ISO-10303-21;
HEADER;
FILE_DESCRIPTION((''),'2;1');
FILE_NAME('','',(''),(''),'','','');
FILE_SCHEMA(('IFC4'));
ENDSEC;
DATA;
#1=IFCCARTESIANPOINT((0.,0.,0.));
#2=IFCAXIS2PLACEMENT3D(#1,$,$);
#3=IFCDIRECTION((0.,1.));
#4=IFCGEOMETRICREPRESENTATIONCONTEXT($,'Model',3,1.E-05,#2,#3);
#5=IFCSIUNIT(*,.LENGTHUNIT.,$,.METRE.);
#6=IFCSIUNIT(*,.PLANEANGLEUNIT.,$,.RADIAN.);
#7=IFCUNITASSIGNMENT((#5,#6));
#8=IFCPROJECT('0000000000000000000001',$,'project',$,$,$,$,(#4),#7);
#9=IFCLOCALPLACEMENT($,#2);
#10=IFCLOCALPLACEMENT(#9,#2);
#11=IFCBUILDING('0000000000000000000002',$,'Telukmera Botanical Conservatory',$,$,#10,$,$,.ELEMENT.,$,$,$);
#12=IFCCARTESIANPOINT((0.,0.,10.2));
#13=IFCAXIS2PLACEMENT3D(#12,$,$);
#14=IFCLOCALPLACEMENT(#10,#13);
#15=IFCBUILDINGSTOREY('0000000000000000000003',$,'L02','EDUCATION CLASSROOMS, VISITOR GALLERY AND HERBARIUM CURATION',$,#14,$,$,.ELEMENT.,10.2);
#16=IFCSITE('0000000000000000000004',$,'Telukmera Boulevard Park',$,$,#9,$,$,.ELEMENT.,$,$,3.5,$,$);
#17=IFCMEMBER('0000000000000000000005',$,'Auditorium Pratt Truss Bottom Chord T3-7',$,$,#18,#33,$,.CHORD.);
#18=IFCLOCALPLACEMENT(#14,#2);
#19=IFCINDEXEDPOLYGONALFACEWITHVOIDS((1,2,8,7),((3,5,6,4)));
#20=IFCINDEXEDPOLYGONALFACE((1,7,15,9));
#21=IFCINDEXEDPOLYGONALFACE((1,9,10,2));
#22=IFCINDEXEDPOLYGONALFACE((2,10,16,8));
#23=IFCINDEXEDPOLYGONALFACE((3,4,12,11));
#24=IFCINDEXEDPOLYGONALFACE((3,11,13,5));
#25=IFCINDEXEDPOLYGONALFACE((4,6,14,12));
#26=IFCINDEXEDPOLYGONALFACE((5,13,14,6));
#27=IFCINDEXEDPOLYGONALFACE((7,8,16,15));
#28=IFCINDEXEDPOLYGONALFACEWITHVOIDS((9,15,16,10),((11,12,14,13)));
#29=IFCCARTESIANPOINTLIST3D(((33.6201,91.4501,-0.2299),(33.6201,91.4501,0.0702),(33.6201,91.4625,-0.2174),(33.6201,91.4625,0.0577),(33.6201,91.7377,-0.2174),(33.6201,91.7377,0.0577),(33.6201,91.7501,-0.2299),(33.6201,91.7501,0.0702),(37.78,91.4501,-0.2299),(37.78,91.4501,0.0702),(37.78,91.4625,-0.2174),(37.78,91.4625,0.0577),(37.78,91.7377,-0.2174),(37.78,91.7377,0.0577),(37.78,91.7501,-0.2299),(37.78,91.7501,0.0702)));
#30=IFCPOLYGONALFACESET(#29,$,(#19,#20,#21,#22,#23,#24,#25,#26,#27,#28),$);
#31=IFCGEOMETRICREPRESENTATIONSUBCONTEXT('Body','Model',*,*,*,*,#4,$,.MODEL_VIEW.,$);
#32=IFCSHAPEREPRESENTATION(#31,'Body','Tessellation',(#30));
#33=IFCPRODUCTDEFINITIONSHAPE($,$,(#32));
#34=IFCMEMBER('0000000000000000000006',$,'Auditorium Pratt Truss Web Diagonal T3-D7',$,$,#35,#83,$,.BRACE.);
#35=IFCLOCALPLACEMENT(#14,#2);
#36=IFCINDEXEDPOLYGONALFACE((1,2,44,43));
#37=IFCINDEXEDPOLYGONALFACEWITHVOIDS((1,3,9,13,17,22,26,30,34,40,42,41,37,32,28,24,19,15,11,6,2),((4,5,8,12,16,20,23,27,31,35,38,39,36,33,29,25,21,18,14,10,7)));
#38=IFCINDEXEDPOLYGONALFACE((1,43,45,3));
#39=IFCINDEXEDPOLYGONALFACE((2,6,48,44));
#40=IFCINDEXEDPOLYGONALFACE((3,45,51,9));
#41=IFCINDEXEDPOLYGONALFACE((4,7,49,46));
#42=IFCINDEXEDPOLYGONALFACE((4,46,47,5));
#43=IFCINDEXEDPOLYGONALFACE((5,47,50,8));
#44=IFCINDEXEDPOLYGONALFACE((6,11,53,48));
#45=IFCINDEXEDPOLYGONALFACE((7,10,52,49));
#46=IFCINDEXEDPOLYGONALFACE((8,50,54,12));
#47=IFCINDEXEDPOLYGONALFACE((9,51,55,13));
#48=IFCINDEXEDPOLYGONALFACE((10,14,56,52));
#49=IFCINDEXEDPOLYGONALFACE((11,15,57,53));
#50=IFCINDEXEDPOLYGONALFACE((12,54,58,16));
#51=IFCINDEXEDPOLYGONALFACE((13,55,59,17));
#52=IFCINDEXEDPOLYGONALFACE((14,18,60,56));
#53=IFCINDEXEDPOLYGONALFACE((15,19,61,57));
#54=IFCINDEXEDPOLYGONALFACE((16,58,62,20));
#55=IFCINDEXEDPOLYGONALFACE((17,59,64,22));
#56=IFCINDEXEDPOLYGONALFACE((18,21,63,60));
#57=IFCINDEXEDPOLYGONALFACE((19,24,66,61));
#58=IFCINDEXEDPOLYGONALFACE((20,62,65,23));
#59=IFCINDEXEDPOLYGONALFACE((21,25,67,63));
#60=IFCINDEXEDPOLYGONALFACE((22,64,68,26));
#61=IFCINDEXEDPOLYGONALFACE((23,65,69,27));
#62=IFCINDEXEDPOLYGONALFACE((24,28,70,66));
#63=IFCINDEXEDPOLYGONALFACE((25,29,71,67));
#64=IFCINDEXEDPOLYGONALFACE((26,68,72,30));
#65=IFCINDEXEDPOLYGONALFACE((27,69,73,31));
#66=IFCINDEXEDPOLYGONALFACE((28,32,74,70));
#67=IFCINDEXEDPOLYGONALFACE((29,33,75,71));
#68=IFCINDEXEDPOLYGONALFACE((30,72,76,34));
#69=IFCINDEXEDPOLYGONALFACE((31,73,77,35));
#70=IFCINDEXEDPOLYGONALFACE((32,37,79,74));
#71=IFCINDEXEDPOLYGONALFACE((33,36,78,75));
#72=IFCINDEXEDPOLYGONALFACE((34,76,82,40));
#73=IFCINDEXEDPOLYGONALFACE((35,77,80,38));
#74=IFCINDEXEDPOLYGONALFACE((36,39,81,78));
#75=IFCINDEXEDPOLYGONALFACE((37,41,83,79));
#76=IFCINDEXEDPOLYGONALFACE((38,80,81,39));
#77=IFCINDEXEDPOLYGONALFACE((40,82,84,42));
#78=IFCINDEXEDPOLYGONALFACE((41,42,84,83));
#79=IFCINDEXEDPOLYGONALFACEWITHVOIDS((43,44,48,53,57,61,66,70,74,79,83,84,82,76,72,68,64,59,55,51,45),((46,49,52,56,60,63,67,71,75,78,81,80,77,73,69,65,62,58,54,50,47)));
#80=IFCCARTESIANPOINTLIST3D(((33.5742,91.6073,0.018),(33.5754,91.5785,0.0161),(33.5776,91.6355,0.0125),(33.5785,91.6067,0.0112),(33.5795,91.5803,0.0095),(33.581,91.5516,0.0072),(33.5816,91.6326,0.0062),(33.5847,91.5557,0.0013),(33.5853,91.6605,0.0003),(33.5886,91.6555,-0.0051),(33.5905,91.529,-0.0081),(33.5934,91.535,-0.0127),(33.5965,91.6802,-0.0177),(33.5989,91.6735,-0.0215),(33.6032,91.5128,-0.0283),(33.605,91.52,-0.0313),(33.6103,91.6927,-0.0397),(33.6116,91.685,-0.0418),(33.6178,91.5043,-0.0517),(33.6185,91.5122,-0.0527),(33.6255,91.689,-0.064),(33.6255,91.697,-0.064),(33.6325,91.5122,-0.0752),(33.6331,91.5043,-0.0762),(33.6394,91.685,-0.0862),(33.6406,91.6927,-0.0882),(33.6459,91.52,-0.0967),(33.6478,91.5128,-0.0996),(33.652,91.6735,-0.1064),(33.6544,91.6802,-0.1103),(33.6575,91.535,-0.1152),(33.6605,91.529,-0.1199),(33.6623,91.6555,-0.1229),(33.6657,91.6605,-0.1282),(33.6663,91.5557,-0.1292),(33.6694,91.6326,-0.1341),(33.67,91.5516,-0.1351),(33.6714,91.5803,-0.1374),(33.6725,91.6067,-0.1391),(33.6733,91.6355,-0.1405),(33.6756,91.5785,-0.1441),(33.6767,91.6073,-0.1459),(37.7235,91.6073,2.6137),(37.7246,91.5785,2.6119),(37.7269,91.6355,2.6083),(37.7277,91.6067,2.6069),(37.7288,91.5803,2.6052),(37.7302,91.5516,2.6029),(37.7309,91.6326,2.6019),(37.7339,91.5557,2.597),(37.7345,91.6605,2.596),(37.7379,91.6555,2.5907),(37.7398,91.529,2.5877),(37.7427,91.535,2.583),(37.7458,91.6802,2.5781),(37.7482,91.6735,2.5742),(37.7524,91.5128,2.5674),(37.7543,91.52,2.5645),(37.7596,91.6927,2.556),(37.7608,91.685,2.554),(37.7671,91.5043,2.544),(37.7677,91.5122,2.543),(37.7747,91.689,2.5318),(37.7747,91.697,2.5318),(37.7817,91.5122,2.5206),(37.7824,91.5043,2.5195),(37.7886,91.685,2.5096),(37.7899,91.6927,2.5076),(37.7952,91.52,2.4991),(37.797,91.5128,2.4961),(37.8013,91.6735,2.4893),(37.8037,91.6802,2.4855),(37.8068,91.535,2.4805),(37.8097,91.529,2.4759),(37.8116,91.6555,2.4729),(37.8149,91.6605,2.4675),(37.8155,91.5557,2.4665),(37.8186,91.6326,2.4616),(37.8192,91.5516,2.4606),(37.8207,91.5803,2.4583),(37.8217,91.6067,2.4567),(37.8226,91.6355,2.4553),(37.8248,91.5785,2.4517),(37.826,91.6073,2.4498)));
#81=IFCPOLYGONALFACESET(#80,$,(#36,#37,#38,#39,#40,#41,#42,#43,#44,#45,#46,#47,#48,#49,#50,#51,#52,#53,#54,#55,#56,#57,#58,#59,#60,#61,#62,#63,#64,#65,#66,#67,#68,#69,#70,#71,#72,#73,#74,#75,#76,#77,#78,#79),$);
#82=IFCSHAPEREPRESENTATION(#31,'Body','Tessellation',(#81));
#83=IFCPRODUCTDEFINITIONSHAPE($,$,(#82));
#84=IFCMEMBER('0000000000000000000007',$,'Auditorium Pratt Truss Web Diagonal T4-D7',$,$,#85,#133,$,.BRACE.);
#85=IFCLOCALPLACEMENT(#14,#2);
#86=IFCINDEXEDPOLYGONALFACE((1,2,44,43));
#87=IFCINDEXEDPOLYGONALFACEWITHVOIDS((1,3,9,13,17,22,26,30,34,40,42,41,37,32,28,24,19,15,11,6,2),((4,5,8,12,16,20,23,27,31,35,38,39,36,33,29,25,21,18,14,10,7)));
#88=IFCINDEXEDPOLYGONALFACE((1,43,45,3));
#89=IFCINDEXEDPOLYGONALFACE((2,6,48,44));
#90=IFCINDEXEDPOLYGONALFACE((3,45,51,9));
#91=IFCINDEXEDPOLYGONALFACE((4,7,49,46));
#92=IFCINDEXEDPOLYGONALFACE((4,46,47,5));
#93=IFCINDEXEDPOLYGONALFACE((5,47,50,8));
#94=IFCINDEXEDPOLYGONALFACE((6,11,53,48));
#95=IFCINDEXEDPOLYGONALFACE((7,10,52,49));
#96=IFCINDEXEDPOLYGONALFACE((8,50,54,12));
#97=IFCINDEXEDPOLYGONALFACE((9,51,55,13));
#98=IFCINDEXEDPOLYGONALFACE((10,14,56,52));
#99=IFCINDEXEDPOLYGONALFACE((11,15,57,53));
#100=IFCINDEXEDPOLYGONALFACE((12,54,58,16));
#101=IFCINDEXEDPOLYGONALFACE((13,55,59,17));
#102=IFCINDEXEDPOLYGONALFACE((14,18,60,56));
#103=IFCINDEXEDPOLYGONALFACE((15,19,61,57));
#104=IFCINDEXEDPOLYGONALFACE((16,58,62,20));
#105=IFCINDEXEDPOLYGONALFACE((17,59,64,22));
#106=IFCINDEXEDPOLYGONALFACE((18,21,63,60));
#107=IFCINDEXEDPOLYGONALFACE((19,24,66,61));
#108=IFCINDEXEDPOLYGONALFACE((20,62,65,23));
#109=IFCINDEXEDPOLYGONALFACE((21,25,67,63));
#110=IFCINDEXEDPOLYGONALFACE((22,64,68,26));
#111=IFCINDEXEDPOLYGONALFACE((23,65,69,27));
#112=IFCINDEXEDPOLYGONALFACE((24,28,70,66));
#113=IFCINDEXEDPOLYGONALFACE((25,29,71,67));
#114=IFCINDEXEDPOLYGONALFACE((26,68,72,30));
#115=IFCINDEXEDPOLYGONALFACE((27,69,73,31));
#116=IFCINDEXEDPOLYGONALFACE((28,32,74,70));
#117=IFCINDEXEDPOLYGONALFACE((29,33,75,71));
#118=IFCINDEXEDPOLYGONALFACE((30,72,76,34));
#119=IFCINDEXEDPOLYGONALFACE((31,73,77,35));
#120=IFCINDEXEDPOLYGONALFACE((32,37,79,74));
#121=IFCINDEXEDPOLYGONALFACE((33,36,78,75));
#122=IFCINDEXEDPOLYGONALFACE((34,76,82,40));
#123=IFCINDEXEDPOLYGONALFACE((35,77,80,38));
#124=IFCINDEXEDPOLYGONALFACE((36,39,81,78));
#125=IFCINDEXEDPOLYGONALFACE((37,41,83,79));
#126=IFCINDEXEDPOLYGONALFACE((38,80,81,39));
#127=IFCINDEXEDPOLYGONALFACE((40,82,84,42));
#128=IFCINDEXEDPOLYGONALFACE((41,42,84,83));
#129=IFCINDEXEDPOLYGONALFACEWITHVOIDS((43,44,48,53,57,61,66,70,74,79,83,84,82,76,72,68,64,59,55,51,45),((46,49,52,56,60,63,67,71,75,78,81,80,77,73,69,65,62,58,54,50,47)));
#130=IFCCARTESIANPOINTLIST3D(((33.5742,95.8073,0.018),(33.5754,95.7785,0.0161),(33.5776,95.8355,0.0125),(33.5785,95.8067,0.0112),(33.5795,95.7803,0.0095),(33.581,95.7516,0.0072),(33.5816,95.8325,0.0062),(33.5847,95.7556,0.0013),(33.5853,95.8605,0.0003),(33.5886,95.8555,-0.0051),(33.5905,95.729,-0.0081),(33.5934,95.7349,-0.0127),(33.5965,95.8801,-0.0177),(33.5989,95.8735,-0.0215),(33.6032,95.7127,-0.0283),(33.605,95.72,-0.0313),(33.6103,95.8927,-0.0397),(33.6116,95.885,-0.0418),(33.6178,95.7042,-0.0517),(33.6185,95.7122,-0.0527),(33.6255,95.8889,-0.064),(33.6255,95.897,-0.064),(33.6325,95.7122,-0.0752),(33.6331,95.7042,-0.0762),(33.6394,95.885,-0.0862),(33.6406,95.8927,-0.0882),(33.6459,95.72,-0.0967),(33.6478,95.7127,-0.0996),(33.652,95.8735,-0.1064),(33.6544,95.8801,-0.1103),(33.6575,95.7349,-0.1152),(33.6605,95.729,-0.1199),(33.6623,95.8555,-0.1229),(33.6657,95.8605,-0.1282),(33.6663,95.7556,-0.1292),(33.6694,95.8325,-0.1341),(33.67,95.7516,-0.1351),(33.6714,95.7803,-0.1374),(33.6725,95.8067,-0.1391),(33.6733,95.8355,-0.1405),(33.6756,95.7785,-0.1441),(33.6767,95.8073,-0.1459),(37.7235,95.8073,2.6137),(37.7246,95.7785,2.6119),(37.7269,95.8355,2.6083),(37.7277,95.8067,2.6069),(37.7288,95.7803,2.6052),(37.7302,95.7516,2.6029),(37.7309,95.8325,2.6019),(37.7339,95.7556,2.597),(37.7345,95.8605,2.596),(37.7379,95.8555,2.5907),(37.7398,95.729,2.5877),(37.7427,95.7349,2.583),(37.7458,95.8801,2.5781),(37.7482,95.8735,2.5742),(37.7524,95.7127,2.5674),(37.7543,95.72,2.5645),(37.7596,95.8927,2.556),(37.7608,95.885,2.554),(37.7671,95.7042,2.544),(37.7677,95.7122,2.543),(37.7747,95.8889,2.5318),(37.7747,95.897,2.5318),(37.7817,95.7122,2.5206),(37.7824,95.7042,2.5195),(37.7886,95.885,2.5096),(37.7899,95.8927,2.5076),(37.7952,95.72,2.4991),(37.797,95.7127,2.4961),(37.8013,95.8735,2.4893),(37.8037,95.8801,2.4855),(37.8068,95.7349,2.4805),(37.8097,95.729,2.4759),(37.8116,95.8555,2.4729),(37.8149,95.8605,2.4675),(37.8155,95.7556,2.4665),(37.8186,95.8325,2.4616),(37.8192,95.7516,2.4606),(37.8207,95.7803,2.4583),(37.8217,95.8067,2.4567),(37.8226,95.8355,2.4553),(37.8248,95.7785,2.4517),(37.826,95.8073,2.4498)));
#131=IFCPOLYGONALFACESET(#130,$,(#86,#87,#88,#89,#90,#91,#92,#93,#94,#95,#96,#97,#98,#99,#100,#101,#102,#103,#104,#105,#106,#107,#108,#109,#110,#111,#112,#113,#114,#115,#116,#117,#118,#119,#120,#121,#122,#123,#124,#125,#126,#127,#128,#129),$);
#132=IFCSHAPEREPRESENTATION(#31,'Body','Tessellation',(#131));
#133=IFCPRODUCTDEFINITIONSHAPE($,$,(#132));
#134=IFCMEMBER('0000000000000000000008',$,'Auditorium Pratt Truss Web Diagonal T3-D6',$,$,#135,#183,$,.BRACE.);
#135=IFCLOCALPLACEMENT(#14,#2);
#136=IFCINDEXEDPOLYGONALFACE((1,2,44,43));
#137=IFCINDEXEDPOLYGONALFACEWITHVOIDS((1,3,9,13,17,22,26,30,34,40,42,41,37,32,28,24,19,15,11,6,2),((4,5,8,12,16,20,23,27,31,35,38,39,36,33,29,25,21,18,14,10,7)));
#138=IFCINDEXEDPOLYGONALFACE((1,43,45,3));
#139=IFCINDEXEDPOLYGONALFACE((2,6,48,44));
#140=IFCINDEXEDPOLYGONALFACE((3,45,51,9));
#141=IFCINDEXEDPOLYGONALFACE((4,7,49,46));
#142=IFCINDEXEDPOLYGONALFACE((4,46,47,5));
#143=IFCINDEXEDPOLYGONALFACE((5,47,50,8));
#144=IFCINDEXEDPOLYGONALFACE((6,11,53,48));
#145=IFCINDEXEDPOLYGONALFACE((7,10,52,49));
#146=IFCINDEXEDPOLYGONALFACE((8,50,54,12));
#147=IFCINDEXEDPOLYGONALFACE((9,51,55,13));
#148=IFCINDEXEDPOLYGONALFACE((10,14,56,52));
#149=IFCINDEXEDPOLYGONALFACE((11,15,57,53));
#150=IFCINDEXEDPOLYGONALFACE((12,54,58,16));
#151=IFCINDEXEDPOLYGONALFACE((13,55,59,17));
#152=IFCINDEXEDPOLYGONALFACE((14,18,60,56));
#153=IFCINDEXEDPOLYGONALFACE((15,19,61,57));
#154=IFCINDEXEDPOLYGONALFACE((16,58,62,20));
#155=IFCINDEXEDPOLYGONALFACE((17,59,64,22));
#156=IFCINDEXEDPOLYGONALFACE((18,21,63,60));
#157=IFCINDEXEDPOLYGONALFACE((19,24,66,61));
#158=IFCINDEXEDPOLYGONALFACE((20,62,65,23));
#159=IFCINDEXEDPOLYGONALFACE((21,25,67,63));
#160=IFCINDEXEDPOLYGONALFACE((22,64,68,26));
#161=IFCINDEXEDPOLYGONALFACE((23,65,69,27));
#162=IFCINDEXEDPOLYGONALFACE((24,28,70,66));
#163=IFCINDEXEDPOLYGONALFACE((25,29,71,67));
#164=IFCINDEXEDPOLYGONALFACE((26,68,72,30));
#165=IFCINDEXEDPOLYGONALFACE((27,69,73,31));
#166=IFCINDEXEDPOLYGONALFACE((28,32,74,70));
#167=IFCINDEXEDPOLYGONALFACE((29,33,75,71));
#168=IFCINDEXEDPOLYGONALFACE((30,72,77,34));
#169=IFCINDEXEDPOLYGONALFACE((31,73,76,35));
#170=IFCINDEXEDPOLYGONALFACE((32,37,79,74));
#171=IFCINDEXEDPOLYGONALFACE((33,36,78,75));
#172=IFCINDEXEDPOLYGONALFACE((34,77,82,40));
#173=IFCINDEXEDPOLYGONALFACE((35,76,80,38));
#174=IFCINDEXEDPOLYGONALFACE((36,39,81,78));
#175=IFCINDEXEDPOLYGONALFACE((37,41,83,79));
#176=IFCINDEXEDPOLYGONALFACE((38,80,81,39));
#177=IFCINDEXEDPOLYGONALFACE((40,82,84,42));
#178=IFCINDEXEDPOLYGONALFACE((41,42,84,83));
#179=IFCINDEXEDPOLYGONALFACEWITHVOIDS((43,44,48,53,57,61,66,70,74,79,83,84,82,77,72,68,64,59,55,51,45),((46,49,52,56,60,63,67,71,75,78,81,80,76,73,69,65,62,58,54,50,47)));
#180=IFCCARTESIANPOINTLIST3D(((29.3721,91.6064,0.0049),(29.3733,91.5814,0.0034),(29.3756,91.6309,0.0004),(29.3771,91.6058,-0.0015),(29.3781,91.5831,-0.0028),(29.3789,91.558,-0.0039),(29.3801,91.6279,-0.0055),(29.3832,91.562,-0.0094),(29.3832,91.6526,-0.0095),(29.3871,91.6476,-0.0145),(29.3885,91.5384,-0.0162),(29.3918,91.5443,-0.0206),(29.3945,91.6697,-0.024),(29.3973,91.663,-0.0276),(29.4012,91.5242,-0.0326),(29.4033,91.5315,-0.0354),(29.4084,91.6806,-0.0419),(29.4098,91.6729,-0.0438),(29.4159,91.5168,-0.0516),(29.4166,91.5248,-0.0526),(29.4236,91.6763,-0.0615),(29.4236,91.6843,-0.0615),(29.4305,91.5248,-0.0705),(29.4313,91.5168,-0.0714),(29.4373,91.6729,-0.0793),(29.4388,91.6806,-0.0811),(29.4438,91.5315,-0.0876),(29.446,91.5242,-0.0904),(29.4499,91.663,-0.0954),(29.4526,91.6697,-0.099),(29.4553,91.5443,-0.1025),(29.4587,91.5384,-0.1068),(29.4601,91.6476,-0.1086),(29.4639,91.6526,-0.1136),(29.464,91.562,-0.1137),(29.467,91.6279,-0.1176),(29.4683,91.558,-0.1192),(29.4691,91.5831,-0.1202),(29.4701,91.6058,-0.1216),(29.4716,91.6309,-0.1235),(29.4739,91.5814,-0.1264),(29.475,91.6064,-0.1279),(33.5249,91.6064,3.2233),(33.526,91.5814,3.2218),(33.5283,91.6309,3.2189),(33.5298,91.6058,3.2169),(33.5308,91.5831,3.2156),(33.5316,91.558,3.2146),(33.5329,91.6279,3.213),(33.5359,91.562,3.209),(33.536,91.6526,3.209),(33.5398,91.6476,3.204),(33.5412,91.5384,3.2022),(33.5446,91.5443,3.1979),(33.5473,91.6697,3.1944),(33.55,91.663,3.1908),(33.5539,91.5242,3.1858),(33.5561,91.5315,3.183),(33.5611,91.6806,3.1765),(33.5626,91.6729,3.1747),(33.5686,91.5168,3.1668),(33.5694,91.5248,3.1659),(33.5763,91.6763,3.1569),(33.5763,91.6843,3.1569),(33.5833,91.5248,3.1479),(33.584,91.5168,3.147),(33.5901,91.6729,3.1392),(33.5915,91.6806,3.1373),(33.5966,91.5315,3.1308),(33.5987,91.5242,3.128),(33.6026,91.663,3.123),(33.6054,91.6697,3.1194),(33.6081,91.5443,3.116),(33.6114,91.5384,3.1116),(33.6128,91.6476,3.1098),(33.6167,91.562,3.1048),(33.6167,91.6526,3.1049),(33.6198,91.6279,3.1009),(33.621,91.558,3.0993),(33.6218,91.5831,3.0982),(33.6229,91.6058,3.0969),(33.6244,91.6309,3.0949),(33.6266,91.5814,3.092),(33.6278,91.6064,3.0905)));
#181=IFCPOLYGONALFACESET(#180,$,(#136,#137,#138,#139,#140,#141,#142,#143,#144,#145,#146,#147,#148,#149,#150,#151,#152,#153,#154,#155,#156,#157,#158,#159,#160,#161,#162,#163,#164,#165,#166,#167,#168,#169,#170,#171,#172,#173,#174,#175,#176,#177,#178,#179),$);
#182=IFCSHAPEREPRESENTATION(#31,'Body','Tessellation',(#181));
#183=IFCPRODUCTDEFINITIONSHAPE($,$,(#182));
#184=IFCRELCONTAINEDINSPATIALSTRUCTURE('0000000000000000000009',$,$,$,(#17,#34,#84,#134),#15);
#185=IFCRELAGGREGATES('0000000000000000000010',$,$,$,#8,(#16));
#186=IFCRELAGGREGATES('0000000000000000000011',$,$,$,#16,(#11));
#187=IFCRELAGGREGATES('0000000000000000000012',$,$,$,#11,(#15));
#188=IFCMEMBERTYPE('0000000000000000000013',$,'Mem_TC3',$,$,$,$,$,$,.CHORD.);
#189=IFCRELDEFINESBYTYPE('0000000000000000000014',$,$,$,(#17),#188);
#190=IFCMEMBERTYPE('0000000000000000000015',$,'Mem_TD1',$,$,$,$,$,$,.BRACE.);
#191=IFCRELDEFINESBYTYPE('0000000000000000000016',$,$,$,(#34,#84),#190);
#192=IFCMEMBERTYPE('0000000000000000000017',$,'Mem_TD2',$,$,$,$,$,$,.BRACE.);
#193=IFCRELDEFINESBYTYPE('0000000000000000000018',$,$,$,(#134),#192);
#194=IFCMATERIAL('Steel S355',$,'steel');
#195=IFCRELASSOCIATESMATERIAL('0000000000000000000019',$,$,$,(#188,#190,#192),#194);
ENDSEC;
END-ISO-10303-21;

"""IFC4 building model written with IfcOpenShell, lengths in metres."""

from ifc_helpers import new_model, si_unit, direction, frame, origin, origin_2d, place, context, subcontext, project, spatial, hollow_rectangle, hollow_circle, extrude, material, material_profile, profile_set, type_object, element, save


model = new_model("IFC4")

# Units and contexts
model_context = context("Model", 3, precision=1e-05, world=origin(), true_north=direction((0.0, 1.0)))
body_context = subcontext(model_context, "Body", "Model", "MODEL_VIEW")
ifc_project = project(units=[si_unit("LENGTHUNIT", "METRE"), si_unit("PLANEANGLEUNIT", "RADIAN")], contexts=[model_context])

# Site, building, storey
site_placement = place(None, origin())
site = spatial("IfcSite", under=ifc_project, at=site_placement, Name="Telukmera Boulevard Park", CompositionType="ELEMENT", RefElevation=3.5)
building_placement = place(site_placement, origin())
building = spatial("IfcBuilding", under=site, at=building_placement, Name="Telukmera Botanical Conservatory", CompositionType="ELEMENT")
storey_placement = place(building_placement, frame((0.0, 0.0, 10.2)))
storey = spatial("IfcBuildingStorey", under=building, at=storey_placement, Name="L02", Description="EDUCATION CLASSROOMS, VISITOR GALLERY AND HERBARIUM CURATION", CompositionType="ELEMENT", Elevation=10.2)

# Members
ifc_material = material(Name="Steel S355", Category="steel")
ifc_material_profile_1 = material_profile(ifc_material, hollow_rectangle(XDim=0.3, YDim=0.3, WallThickness=0.0125, at=origin_2d()), Name="SHS 300x300x12.5")
ifc_profile_set_1 = profile_set([ifc_material_profile_1], Name="Steel S355")
member_type_1 = type_object("IfcMemberType", Name="Mem_TC3", PredefinedType="CHORD", material=ifc_profile_set_1)
member_1_placement = place(storey_placement, frame((33.6201, 91.6001, -0.0798), z_axis=(1.0, 0.0, 0.0), x_axis=(0.0, 1.0, 0.0)))
element("IfcMember", 1, at=member_1_placement, inside=storey, type_object=member_type_1, Name="Auditorium Pratt Truss Bottom Chord T3-7", PredefinedType="CHORD", context=body_context, shape_type="SweptSolid", body=[
    extrude(hollow_rectangle(XDim=0.3, YDim=0.3, WallThickness=0.0125, at=origin_2d()), origin(), (0.0, 0.0, 1.0), 4.1599),
])
ifc_material_profile_2 = material_profile(ifc_material, hollow_circle(Radius=0.0969, WallThickness=0.0081, at=origin_2d()), Name="CHS 193.7x8.0")
ifc_profile_set_2 = profile_set([ifc_material_profile_2], Name="Steel S355")
member_type_2 = type_object("IfcMemberType", Name="Mem_TD1", PredefinedType="BRACE", material=ifc_profile_set_2)
for number, where, z_axis, x_axis, name in (
    (2, (33.6255, 91.6001, -0.064), (0.847771, 0.0, 0.530362), (0.0, 1.0, 0.0), "Auditorium Pratt Truss Web Diagonal T3-D7"),
    (3, (33.6255, 95.8, -0.064), (0.847771, 0.0, 0.530362), (0.0, 1.0, 0.0), "Auditorium Pratt Truss Web Diagonal T4-D7"),
):
    element("IfcMember", number, at=place(storey_placement, frame(where, z_axis=z_axis, x_axis=x_axis)), inside=storey, type_object=member_type_2, Name=name, PredefinedType="BRACE", context=body_context, shape_type="SweptSolid", body=[
        extrude(hollow_circle(Radius=0.0969, WallThickness=0.0081, at=origin_2d()), origin(), (0.0, 0.0, 1.0), 4.8943),
    ])
ifc_material_profile_3 = material_profile(ifc_material, hollow_circle(Radius=0.0842, WallThickness=0.0081, at=origin_2d()), Name="CHS 168.3x8.0")
ifc_profile_set_3 = profile_set([ifc_material_profile_3], Name="Steel S355")
member_type_3 = type_object("IfcMemberType", Name="Mem_TD2", PredefinedType="BRACE", material=ifc_profile_set_3)
for number, where, z_axis, x_axis, name in (
    (4, (29.4236, 91.6001, -0.0615), (0.790409, 0.0, 0.612579), (0.0, 1.0, 0.0), "Auditorium Pratt Truss Web Diagonal T3-D6"),
):
    element("IfcMember", number, at=place(storey_placement, frame(where, z_axis=z_axis, x_axis=x_axis)), inside=storey, type_object=member_type_3, Name=name, PredefinedType="BRACE", context=body_context, shape_type="SweptSolid", body=[
        extrude(hollow_circle(Radius=0.0842, WallThickness=0.0081, at=origin_2d()), origin(), (0.0, 0.0, 1.0), 5.2539),
    ])

save(model, "model.ifc")
